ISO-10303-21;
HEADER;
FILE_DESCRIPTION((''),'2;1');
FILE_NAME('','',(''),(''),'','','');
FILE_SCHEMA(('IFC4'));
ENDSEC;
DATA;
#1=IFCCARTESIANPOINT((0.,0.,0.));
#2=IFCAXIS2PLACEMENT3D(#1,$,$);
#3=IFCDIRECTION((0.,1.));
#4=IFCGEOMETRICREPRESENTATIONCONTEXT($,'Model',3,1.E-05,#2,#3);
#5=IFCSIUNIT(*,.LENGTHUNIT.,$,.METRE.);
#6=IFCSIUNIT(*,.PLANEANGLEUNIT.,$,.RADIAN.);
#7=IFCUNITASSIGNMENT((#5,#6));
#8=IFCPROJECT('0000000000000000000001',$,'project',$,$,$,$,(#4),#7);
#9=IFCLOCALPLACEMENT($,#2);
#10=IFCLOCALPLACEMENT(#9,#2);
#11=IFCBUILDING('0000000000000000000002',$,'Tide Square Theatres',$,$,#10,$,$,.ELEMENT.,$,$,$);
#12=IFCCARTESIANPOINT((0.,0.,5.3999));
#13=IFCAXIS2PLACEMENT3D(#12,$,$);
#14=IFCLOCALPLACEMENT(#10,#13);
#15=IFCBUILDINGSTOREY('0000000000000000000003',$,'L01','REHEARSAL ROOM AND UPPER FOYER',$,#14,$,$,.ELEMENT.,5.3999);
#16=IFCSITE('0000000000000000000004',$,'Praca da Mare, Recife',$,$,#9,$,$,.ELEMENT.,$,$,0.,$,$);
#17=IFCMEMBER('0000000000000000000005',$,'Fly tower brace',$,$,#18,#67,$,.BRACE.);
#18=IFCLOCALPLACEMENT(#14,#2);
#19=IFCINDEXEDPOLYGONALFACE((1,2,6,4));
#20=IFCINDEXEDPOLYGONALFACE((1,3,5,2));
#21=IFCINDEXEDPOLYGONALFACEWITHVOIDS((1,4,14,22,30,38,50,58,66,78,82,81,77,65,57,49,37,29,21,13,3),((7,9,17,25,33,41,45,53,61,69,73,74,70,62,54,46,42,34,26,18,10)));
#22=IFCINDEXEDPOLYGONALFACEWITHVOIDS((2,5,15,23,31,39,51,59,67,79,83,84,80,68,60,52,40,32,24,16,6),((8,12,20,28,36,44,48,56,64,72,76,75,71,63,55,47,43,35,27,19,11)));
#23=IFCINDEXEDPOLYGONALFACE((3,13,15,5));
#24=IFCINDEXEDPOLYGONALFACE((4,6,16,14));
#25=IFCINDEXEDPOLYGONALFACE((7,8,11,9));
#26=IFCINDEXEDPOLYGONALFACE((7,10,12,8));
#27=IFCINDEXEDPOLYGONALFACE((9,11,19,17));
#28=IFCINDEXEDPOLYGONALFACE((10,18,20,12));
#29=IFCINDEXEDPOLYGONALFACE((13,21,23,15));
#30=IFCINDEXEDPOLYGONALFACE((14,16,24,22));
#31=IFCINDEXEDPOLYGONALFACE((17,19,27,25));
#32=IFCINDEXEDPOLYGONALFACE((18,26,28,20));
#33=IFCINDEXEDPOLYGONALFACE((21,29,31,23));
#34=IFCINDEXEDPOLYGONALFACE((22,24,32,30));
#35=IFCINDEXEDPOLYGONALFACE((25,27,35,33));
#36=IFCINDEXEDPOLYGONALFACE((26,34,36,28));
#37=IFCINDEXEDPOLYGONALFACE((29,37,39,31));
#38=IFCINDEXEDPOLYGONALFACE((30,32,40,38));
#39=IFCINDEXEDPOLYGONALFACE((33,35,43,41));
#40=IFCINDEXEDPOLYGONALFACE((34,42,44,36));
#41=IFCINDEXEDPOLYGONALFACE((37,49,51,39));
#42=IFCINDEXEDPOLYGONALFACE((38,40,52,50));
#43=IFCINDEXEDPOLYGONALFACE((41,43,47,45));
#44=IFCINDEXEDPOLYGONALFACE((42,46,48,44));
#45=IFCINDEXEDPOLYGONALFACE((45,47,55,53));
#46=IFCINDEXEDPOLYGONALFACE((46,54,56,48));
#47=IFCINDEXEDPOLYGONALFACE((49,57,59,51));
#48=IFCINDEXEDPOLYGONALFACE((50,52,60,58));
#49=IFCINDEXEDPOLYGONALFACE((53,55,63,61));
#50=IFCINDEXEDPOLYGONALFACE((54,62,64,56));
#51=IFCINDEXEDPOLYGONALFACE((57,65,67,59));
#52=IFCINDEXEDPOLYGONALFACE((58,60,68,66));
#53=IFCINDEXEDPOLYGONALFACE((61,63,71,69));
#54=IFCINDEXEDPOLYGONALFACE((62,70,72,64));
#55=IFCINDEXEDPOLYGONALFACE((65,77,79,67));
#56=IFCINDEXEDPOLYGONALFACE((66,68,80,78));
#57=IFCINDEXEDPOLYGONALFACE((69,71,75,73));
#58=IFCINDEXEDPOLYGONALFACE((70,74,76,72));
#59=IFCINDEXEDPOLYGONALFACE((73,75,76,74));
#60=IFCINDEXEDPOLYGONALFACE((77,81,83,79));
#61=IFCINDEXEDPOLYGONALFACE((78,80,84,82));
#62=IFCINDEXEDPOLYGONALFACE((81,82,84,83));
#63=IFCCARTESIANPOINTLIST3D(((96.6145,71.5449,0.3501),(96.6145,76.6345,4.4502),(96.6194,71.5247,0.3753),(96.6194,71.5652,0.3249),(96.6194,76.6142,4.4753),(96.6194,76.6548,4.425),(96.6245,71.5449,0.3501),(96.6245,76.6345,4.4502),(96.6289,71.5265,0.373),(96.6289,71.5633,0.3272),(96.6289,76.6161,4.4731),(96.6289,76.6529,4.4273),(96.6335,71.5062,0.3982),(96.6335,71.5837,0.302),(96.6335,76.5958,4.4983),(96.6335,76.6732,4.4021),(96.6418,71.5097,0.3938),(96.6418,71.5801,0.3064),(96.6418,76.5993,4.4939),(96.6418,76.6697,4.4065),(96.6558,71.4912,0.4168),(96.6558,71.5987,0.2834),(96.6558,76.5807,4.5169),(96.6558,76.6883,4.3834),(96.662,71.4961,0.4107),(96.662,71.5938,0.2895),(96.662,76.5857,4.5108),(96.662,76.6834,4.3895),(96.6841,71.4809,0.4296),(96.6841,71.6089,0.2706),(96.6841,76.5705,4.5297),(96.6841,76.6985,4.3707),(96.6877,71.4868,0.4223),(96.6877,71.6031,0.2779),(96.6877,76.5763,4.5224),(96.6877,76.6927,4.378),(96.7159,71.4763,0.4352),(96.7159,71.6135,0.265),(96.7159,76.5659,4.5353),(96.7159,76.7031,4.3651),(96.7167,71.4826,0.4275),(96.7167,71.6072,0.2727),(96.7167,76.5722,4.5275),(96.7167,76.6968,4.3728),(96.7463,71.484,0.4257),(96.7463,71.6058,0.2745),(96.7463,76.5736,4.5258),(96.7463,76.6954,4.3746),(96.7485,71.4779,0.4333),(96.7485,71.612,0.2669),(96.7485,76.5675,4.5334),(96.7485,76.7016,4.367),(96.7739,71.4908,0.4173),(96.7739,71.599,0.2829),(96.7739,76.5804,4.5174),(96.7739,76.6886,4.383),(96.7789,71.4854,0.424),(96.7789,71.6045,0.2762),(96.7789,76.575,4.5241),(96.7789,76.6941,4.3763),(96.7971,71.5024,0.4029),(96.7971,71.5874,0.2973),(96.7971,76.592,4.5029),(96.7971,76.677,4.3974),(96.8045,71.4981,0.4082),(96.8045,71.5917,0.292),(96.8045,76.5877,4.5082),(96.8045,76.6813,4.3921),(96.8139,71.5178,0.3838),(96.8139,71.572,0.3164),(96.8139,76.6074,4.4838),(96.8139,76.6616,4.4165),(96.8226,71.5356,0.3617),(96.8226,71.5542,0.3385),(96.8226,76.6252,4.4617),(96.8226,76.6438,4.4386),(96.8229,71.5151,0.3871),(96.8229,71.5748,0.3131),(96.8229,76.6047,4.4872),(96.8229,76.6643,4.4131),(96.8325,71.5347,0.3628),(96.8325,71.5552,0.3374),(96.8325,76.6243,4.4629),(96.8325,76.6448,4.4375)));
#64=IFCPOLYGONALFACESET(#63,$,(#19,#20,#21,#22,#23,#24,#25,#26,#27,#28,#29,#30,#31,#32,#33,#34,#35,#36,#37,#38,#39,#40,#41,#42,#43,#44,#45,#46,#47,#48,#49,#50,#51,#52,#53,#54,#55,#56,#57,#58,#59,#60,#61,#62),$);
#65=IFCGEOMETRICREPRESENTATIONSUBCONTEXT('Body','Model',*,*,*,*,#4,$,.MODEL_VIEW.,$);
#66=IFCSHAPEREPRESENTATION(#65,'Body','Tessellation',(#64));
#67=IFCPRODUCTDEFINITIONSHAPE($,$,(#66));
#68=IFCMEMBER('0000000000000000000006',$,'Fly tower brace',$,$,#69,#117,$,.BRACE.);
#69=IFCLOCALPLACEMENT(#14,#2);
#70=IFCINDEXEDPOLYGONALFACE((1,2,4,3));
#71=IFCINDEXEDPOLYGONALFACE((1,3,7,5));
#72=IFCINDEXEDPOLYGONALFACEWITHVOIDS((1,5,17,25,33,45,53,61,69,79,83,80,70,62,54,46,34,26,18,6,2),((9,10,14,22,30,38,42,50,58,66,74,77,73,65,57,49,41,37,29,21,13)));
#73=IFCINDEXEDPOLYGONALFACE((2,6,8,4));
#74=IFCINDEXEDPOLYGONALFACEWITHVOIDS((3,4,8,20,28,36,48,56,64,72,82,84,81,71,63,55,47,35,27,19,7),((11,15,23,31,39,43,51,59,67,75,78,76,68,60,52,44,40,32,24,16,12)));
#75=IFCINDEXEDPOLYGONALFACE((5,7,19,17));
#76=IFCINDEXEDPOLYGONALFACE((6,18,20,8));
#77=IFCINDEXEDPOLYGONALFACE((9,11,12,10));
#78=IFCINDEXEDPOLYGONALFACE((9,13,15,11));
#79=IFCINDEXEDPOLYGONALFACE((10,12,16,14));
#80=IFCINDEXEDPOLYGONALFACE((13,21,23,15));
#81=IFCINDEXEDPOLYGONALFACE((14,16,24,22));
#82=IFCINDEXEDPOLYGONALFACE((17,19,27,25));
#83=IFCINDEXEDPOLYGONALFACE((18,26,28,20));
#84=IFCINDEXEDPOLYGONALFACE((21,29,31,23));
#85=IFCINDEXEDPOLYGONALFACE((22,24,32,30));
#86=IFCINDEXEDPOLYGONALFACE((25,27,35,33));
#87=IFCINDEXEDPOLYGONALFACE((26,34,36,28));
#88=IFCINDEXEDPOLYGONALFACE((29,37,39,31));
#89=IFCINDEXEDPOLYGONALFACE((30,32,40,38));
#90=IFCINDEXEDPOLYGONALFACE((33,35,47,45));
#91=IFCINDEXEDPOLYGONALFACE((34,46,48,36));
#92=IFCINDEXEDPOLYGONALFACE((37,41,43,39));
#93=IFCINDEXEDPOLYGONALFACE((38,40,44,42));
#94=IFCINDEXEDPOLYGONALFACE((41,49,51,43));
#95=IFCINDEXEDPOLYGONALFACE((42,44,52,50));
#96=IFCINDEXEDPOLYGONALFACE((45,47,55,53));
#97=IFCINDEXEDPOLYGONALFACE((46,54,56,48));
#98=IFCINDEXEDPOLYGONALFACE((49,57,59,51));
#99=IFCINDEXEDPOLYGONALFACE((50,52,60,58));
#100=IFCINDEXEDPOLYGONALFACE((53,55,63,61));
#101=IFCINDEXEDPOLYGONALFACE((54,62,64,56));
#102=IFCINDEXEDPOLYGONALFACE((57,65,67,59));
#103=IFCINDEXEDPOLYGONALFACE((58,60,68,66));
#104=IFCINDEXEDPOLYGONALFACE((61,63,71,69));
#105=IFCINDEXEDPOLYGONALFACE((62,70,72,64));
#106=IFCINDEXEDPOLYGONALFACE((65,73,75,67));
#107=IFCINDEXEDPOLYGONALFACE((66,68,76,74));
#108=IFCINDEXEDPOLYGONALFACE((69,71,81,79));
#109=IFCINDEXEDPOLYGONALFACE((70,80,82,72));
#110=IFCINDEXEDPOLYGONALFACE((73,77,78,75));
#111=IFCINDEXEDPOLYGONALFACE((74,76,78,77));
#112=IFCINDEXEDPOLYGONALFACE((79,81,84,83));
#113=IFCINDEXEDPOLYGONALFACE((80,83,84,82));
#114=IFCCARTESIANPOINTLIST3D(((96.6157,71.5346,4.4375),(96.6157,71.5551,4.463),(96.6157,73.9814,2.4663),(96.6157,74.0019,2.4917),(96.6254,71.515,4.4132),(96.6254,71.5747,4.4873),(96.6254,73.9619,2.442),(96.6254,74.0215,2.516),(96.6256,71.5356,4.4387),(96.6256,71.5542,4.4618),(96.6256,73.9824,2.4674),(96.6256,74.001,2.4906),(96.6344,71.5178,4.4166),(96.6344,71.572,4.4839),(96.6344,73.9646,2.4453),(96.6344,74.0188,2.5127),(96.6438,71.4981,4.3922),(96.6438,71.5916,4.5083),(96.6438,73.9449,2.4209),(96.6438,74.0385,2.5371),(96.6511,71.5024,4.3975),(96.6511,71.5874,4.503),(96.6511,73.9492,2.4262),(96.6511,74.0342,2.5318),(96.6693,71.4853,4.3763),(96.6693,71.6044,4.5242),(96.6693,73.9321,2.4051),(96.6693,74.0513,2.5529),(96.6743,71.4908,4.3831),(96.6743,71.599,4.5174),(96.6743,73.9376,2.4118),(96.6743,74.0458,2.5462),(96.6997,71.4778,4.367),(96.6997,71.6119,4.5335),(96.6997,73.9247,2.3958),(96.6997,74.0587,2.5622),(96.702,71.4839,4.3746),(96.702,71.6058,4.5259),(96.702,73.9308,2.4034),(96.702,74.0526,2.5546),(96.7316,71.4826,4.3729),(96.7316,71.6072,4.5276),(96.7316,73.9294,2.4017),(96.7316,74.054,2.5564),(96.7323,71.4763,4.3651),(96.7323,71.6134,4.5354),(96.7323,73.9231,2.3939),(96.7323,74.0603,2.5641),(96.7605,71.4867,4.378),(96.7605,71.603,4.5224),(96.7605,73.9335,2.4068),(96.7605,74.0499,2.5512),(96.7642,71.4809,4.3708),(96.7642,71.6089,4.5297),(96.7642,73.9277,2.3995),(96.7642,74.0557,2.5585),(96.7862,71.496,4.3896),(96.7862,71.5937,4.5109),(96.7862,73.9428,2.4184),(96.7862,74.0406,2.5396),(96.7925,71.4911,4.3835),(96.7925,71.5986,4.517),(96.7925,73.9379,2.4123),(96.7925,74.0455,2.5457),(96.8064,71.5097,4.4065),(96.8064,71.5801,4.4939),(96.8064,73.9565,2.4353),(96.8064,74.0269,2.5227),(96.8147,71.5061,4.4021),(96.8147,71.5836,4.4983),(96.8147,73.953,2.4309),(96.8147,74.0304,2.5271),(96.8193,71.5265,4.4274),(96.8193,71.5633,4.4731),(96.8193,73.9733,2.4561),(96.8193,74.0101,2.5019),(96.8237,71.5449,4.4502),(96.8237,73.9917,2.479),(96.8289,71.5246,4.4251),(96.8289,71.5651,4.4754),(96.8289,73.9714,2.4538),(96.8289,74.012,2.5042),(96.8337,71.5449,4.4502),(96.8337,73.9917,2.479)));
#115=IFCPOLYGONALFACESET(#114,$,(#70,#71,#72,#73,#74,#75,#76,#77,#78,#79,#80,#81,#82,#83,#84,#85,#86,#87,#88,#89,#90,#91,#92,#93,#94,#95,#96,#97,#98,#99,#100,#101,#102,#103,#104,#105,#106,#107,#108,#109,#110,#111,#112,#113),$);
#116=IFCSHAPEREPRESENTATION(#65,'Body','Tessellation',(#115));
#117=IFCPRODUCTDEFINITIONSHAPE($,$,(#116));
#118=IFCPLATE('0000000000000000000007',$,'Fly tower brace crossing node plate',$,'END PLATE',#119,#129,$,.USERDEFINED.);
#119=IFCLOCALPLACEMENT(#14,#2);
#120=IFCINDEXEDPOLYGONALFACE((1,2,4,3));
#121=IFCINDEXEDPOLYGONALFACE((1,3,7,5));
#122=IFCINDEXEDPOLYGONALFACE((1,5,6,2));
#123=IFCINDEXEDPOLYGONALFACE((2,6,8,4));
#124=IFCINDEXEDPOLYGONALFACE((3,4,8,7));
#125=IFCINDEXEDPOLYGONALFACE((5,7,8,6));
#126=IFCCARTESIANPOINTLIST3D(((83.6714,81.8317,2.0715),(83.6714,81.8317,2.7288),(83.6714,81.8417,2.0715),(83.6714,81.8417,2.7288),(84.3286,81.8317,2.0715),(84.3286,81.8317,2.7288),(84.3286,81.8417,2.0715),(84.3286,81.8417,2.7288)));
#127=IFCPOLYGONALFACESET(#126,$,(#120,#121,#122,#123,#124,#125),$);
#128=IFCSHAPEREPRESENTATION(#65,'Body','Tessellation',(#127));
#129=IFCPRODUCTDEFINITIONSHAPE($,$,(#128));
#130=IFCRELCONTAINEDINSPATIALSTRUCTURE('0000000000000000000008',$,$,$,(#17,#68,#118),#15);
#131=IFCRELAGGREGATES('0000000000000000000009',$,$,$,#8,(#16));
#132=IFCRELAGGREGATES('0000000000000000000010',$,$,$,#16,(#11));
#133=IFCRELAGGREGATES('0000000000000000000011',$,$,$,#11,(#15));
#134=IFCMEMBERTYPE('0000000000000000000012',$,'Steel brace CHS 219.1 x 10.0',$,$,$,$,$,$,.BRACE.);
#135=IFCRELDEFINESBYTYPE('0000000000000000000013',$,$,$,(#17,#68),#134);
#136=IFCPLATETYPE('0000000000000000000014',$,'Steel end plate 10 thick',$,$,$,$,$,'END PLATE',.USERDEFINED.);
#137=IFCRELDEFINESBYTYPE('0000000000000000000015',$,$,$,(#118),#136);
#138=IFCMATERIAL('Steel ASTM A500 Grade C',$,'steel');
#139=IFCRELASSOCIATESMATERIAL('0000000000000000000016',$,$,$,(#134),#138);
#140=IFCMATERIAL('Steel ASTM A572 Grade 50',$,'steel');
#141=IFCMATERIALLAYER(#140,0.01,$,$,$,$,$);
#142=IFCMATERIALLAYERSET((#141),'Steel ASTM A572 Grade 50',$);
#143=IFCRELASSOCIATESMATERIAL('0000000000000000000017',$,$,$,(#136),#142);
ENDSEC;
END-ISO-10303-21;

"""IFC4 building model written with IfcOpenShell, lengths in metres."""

from ifc_helpers import new_model, si_unit, direction, frame, origin, origin_2d, place, context, subcontext, project, spatial, rectangle, hollow_circle, extrude, material, layer, layer_set, material_profile, profile_set, type_object, element, save


model = new_model("IFC4")

# Units and contexts
model_context = context("Model", 3, precision=1e-05, world=origin(), true_north=direction((0.0, 1.0)))
body_context = subcontext(model_context, "Body", "Model", "MODEL_VIEW")
ifc_project = project(units=[si_unit("LENGTHUNIT", "METRE"), si_unit("PLANEANGLEUNIT", "RADIAN")], contexts=[model_context])

# Site, building, storey
site_placement = place(None, origin())
site = spatial("IfcSite", under=ifc_project, at=site_placement, Name="Praca da Mare, Recife", CompositionType="ELEMENT", RefElevation=0.0)
building_placement = place(site_placement, origin())
building = spatial("IfcBuilding", under=site, at=building_placement, Name="Tide Square Theatres", CompositionType="ELEMENT")
storey_placement = place(building_placement, frame((0.0, 0.0, 5.3999)))
storey = spatial("IfcBuildingStorey", under=building, at=storey_placement, Name="L01", Description="REHEARSAL ROOM AND UPPER FOYER", CompositionType="ELEMENT", Elevation=5.3999)

# Members
ifc_material_1 = material(Name="Steel ASTM A500 Grade C", Category="steel")
ifc_material_profile_1 = material_profile(ifc_material_1, hollow_circle(Radius=0.1096, WallThickness=0.01, at=origin_2d()))
ifc_profile_set_1 = profile_set([ifc_material_profile_1], Name="Steel ASTM A500 Grade C")
member_type = type_object("IfcMemberType", Name="Steel brace CHS 219.1 x 10.0", PredefinedType="BRACE", material=ifc_profile_set_1)
member_1_placement = place(storey_placement, frame((96.7241, 71.5449, 0.3501), z_axis=(0.0, 0.778743, 0.627343), x_axis=(-1.0, 0.0, 0.0)))
element("IfcMember", 1, at=member_1_placement, inside=storey, type_object=member_type, Name="Fly tower brace", PredefinedType="BRACE", context=body_context, shape_type="SweptSolid", body=[
    extrude(hollow_circle(Radius=0.1096, WallThickness=0.01, at=origin_2d()), origin(), (0.0, 0.0, 1.0), 6.5356),
])
member_2_placement = place(storey_placement, frame((96.7241, 73.9917, 2.479), z_axis=(0.0, -0.778726, 0.627364), x_axis=(1.0, 0.0, 0.0)))
element("IfcMember", 2, at=member_2_placement, inside=storey, type_object=member_type, Name="Fly tower brace", PredefinedType="BRACE", context=body_context, shape_type="SweptSolid", body=[
    extrude(hollow_circle(Radius=0.1096, WallThickness=0.01, at=origin_2d()), origin(), (0.0, 0.0, 1.0), 3.1421),
])

# Plate
ifc_material_2 = material(Name="Steel ASTM A572 Grade 50", Category="steel")
ifc_layer = layer(ifc_material_2, 0.01)
ifc_layer_set = layer_set([ifc_layer], Name="Steel ASTM A572 Grade 50")
plate_type = type_object("IfcPlateType", Name="Steel end plate 10 thick", ElementType="END PLATE", PredefinedType="USERDEFINED", material=ifc_layer_set)
plate_placement = place(storey_placement, frame((84.0, 81.8367, 2.0715), z_axis=(0.0, 0.0, 1.0), x_axis=(0.0, 1.0, 0.0)))
element("IfcPlate", 3, at=plate_placement, inside=storey, type_object=plate_type, Name="Fly tower brace crossing node plate", ObjectType="END PLATE", PredefinedType="USERDEFINED", context=body_context, shape_type="SweptSolid", body=[
    extrude(rectangle(XDim=0.01, YDim=0.6572, at=origin_2d()), origin(), (0.0, 0.0, 1.0), 0.6572),
])

save(model, "model.ifc")
